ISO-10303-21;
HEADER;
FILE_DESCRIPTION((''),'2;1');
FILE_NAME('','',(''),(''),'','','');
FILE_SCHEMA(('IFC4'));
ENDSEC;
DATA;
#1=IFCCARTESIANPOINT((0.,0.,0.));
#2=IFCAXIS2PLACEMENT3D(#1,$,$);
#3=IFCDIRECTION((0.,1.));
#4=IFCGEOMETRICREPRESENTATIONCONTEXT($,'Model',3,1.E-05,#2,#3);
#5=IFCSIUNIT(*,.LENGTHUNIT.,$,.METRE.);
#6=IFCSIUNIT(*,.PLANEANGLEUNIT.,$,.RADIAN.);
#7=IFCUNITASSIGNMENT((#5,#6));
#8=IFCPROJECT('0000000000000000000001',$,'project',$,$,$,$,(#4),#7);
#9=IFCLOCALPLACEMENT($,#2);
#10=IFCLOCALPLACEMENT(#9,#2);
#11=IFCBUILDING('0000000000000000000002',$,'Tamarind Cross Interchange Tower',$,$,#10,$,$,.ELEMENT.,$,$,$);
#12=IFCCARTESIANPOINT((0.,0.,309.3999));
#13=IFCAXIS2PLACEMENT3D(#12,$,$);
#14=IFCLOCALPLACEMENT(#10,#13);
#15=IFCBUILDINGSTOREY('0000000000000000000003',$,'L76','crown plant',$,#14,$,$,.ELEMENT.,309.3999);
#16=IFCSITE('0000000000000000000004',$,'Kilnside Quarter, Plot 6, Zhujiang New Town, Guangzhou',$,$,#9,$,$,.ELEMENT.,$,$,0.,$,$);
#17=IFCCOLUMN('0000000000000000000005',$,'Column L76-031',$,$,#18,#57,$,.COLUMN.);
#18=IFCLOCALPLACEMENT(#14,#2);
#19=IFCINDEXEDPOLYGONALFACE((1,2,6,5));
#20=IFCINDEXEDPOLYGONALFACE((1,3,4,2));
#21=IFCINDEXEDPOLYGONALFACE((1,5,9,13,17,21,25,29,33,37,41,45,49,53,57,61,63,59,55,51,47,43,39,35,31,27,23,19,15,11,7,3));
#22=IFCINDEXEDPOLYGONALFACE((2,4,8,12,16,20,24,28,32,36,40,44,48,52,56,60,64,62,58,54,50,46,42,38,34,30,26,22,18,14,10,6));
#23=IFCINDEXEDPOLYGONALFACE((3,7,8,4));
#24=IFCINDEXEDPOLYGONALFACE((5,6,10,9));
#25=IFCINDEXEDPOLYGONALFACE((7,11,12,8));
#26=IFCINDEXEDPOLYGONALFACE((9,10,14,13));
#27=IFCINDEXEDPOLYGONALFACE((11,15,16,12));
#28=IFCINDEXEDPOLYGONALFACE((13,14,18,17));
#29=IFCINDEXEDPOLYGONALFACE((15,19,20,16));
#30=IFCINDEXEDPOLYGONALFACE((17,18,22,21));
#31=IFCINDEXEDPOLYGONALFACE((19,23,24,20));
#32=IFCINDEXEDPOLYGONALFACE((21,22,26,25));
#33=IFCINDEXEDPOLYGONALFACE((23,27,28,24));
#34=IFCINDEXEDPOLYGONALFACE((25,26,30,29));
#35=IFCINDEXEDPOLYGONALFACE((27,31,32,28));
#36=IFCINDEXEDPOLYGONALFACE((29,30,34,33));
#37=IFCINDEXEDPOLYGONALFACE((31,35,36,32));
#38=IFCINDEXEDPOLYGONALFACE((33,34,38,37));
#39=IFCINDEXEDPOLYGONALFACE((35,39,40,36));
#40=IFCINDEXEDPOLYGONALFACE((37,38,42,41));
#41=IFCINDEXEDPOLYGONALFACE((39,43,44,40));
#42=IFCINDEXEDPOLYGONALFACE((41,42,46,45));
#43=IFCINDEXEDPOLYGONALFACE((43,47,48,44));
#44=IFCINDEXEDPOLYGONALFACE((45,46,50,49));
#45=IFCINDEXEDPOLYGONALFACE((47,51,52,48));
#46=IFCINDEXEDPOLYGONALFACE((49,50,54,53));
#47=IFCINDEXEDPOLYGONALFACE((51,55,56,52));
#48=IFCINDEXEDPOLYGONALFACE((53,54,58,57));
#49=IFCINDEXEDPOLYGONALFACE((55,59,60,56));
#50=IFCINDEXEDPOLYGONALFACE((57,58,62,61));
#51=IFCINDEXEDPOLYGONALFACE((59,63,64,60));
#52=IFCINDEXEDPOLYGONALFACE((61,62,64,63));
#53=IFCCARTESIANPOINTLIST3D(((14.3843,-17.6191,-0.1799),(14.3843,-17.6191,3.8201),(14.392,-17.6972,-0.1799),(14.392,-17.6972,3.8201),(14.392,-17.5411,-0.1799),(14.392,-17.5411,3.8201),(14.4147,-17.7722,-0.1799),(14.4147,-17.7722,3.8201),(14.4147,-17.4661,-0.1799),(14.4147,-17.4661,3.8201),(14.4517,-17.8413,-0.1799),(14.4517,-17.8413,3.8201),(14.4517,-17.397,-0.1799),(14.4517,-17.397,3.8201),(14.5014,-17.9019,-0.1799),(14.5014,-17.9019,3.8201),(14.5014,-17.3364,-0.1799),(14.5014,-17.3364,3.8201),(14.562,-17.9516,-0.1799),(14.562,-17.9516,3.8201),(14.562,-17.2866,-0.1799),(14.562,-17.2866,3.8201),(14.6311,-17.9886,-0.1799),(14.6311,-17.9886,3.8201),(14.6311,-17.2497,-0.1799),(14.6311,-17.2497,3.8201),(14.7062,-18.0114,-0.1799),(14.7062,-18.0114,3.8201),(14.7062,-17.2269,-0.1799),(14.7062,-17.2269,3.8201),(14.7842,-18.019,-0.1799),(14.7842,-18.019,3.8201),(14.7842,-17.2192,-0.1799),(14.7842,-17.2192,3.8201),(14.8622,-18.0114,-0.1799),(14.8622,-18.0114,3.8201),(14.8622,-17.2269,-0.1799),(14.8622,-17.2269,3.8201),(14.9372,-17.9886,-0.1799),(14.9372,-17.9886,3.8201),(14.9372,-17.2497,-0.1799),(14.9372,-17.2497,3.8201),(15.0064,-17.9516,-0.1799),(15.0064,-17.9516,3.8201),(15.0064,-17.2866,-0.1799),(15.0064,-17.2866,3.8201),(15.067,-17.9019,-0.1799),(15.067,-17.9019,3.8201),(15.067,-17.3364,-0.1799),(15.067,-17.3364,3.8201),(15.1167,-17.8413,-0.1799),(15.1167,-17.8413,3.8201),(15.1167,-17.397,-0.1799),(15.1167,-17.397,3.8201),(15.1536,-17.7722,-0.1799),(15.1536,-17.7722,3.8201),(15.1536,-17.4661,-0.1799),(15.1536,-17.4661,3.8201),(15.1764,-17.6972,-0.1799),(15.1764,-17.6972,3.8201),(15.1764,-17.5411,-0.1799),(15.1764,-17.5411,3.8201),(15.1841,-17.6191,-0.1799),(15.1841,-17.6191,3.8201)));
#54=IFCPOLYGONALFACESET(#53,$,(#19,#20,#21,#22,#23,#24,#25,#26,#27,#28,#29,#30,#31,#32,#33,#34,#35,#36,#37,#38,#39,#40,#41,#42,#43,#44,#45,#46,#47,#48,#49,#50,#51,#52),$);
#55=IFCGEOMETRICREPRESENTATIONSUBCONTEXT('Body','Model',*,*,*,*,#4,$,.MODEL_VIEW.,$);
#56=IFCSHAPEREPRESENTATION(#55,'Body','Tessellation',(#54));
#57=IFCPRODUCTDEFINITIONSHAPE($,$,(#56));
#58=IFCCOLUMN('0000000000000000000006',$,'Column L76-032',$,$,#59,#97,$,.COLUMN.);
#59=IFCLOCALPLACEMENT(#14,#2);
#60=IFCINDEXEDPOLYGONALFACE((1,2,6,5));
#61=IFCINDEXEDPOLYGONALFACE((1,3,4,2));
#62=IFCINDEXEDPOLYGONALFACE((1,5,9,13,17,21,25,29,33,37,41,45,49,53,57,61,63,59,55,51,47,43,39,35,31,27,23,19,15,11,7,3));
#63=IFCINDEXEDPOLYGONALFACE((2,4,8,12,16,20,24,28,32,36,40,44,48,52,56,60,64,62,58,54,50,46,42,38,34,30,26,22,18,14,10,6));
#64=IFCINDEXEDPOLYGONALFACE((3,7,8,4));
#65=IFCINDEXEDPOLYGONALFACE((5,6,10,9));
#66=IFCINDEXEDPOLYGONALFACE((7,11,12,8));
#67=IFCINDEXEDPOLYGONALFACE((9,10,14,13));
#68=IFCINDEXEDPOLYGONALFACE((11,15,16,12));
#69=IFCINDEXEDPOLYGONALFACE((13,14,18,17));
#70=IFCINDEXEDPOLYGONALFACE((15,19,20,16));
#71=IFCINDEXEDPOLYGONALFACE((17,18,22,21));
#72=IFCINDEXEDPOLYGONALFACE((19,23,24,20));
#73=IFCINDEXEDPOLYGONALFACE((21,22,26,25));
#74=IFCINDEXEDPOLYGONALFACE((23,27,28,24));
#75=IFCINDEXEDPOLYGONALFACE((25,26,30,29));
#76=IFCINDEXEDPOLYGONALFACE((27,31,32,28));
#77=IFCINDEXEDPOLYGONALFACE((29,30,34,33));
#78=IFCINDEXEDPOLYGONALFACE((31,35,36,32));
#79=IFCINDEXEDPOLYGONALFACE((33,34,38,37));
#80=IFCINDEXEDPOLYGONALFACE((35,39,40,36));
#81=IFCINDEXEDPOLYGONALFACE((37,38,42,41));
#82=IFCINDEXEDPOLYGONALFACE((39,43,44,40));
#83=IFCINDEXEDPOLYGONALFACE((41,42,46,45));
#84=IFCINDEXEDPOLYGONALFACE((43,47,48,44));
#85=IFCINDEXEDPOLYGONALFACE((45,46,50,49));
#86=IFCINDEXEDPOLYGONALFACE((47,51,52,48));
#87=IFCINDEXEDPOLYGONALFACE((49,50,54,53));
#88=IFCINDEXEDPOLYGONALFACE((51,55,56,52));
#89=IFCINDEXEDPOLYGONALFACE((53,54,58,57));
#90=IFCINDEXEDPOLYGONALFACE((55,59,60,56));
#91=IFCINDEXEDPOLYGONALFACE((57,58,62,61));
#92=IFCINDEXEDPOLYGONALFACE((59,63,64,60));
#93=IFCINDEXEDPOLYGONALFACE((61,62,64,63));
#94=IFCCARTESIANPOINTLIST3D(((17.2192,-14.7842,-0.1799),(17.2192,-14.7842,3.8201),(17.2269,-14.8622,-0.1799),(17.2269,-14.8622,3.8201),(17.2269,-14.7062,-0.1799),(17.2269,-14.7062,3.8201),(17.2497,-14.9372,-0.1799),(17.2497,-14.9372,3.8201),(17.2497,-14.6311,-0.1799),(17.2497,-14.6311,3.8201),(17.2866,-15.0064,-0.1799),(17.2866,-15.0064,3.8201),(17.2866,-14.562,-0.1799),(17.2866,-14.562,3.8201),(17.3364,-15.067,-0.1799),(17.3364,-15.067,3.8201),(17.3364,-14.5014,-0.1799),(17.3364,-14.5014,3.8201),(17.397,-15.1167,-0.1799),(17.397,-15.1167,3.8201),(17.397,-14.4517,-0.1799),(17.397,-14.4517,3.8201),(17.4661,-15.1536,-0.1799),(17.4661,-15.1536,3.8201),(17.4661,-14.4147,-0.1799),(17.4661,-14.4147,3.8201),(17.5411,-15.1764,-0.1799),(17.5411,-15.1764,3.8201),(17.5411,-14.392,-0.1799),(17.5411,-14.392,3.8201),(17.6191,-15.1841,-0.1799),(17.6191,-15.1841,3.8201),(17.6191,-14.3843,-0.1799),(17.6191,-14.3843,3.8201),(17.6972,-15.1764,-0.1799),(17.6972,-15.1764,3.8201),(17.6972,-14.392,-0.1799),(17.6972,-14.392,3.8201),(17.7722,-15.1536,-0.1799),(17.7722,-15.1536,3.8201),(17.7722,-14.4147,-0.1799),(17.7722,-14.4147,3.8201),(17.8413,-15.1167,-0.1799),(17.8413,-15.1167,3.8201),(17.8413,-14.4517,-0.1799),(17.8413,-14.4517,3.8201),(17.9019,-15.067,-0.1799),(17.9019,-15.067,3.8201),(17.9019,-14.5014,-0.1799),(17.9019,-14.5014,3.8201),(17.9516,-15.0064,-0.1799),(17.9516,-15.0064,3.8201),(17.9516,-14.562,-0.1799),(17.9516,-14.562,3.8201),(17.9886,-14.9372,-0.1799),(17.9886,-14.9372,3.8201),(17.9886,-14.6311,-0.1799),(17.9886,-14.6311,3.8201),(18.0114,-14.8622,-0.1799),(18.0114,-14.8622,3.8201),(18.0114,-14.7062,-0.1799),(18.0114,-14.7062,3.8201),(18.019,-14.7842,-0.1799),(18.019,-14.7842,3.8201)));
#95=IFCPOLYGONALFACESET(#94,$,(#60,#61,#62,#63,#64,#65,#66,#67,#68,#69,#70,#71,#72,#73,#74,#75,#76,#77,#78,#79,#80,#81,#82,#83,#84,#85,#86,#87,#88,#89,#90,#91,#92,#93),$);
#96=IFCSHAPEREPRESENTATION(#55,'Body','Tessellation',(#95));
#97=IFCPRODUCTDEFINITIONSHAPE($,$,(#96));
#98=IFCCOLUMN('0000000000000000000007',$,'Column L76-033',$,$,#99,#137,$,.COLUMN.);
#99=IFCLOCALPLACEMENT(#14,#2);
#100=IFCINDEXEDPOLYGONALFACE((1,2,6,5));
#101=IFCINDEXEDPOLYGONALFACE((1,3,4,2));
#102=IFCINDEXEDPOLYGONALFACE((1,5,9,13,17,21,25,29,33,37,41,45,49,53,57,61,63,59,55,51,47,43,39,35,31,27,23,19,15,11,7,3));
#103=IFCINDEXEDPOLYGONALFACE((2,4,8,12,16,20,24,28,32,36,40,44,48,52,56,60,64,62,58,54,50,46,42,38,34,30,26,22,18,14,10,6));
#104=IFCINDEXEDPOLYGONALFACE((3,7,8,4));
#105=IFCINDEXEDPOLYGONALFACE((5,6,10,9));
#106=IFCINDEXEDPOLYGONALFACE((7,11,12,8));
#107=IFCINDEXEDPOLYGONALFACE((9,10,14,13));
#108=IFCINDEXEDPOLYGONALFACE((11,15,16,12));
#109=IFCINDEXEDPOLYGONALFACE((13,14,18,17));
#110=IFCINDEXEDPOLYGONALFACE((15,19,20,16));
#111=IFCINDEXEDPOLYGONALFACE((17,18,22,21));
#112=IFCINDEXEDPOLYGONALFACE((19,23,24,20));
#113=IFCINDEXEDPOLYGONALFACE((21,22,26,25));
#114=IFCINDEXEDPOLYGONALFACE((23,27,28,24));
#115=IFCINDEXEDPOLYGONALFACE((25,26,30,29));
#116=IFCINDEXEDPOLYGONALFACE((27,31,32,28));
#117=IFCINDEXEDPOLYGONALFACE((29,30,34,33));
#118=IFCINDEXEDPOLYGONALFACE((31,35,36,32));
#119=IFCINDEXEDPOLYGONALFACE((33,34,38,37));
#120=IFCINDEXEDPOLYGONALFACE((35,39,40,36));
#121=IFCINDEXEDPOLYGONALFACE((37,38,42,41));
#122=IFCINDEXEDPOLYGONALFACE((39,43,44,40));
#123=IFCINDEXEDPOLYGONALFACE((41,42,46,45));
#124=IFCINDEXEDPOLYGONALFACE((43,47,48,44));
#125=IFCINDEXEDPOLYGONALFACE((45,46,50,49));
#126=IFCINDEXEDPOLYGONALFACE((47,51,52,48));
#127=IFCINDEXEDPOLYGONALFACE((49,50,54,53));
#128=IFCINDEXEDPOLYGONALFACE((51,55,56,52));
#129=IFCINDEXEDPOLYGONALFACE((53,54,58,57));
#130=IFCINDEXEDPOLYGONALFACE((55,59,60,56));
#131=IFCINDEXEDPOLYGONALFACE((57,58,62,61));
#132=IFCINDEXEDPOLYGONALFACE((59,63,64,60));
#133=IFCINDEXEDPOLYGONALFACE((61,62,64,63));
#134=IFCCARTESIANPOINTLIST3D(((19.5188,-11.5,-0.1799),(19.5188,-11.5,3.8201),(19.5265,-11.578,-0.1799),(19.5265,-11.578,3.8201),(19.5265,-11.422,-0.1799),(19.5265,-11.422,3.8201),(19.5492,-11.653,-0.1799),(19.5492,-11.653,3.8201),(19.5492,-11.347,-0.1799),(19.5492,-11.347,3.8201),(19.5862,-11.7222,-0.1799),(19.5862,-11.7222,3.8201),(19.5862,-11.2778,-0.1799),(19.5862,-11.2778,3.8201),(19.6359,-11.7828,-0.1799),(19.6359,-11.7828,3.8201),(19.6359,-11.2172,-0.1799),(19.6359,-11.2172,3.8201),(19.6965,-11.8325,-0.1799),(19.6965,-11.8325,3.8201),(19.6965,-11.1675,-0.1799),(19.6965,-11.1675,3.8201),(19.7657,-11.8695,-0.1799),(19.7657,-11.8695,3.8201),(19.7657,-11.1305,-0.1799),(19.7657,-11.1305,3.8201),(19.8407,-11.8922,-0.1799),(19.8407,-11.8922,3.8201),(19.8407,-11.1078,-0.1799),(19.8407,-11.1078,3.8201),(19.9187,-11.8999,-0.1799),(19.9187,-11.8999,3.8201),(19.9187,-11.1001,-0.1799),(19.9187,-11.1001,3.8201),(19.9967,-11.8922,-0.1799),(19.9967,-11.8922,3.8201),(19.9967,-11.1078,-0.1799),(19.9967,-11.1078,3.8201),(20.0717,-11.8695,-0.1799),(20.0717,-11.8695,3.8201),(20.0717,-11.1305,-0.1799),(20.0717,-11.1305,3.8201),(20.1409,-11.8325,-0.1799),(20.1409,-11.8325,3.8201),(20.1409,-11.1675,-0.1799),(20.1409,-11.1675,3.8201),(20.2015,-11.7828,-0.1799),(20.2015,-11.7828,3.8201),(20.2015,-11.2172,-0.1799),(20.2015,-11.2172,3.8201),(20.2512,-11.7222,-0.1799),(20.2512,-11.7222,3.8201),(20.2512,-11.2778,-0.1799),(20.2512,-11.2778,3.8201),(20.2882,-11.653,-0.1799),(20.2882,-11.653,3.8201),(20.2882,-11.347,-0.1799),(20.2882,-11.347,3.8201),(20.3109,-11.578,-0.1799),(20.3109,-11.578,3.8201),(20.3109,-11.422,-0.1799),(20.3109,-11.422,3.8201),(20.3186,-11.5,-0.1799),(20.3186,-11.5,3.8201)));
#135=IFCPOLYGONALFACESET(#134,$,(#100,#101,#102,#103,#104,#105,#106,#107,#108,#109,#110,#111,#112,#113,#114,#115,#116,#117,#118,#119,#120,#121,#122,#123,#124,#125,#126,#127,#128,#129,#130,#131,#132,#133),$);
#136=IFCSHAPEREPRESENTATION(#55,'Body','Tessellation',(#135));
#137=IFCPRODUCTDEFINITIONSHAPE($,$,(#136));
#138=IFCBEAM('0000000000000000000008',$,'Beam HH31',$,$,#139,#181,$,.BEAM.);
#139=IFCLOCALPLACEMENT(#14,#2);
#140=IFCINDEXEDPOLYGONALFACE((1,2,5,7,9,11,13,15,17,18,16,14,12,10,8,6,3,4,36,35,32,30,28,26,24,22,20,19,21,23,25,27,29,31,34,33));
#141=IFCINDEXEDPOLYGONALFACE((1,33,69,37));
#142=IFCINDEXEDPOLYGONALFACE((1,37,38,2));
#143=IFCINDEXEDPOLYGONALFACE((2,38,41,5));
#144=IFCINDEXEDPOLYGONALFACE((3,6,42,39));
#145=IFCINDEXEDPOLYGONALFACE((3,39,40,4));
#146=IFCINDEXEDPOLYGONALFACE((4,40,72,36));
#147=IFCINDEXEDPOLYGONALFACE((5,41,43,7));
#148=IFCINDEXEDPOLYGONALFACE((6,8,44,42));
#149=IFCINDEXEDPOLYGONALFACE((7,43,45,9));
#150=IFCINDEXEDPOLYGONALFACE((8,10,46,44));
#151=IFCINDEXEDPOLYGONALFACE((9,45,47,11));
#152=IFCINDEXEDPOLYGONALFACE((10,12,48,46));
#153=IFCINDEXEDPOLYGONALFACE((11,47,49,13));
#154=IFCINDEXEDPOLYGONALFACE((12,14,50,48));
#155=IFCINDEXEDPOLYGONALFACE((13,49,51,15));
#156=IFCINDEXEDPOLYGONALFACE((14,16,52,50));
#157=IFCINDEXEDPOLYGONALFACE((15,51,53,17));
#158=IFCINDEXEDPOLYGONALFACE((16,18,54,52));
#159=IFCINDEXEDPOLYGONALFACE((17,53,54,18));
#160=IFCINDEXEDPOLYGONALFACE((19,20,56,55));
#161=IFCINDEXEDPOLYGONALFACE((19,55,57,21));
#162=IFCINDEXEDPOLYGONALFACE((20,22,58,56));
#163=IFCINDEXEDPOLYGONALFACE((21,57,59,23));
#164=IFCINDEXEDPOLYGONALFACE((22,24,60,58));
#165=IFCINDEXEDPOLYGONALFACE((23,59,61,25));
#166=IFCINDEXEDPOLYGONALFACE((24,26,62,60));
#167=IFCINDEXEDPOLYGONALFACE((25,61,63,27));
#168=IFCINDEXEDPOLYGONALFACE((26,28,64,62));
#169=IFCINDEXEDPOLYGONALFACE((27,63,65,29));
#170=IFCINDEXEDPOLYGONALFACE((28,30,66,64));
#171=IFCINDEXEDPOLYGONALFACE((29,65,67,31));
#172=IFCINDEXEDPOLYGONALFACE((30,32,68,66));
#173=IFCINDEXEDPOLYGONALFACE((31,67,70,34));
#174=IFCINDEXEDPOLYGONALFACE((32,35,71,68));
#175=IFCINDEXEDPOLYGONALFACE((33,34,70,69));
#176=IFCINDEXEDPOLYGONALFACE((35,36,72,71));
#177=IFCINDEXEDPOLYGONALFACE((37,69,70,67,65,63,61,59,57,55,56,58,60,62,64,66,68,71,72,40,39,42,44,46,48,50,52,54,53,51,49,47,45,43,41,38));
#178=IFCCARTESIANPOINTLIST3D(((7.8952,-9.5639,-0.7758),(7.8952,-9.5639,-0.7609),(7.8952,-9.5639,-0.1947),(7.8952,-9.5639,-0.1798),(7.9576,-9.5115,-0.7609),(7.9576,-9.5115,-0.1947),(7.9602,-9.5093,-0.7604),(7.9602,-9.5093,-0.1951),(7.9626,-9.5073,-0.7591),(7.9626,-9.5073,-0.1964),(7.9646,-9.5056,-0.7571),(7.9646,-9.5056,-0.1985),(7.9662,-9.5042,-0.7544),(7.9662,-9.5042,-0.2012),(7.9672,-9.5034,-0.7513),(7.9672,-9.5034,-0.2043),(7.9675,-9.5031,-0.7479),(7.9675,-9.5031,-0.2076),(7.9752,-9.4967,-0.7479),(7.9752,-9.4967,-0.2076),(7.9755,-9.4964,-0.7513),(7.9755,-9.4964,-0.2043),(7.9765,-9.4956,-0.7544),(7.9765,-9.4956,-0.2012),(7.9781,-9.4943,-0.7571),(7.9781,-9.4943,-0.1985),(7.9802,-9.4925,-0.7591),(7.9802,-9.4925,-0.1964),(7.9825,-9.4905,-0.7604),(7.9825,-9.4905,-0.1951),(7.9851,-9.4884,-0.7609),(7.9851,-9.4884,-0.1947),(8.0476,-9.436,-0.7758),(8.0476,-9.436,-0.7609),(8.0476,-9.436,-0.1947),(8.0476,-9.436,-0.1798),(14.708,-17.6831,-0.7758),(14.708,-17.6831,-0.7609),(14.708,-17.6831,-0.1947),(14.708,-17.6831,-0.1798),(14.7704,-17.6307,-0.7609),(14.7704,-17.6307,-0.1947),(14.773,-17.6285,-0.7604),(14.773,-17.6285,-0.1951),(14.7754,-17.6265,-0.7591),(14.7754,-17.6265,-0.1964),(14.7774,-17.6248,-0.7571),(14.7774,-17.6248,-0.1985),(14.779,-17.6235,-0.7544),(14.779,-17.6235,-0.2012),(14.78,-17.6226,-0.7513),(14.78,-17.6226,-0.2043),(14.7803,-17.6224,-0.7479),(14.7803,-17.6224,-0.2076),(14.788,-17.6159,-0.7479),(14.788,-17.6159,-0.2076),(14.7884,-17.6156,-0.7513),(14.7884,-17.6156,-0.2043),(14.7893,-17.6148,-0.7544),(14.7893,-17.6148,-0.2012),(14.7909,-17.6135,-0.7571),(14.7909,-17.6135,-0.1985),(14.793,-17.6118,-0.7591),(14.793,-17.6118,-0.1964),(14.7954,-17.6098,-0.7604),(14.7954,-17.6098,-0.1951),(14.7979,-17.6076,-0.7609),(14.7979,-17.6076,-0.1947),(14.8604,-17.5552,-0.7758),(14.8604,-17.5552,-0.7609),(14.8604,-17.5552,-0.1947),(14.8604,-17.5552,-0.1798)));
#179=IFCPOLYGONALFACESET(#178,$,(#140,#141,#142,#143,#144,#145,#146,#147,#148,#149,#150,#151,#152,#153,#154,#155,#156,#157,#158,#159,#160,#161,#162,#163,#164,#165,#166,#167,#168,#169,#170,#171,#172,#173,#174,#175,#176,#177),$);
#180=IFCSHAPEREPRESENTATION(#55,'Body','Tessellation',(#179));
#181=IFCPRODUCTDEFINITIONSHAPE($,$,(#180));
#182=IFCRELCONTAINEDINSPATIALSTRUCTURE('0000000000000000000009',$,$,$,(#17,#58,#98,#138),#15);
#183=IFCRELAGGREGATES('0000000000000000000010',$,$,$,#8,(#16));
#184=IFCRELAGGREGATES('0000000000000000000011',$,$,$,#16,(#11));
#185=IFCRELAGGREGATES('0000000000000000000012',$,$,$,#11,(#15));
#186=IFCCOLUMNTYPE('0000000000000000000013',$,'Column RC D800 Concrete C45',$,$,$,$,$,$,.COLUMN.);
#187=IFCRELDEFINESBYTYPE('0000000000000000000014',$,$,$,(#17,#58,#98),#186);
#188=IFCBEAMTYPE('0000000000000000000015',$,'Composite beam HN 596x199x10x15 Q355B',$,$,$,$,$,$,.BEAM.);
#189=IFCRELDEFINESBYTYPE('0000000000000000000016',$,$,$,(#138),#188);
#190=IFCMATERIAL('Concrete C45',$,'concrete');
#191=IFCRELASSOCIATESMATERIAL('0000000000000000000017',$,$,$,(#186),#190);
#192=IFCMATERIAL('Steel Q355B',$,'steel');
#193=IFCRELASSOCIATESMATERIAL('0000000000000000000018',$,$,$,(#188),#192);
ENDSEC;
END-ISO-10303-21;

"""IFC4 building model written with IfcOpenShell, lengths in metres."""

from ifc_helpers import new_model, si_unit, direction, frame, origin, origin_2d, place, context, subcontext, project, spatial, circle, i_section, extrude, material, material_profile, profile_set, type_object, element, save


model = new_model("IFC4")

# Units and contexts
model_context = context("Model", 3, precision=1e-05, world=origin(), true_north=direction((0.0, 1.0)))
body_context = subcontext(model_context, "Body", "Model", "MODEL_VIEW")
ifc_project = project(units=[si_unit("LENGTHUNIT", "METRE"), si_unit("PLANEANGLEUNIT", "RADIAN")], contexts=[model_context])

# Site, building, storey
site_placement = place(None, origin())
site = spatial("IfcSite", under=ifc_project, at=site_placement, Name="Kilnside Quarter, Plot 6, Zhujiang New Town, Guangzhou", CompositionType="ELEMENT", RefElevation=0.0)
building_placement = place(site_placement, origin())
building = spatial("IfcBuilding", under=site, at=building_placement, Name="Tamarind Cross Interchange Tower", CompositionType="ELEMENT")
storey_placement = place(building_placement, frame((0.0, 0.0, 309.3999)))
storey = spatial("IfcBuildingStorey", under=building, at=storey_placement, Name="L76", Description="crown plant", CompositionType="ELEMENT", Elevation=309.3999)

# Columns
ifc_material_1 = material(Name="Concrete C45", Category="concrete")
ifc_material_profile_1 = material_profile(ifc_material_1, circle(Radius=0.3999, at=origin_2d()), Name="RC D800")
ifc_profile_set_1 = profile_set([ifc_material_profile_1], Name="Concrete C45")
column_type = type_object("IfcColumnType", Name="Column RC D800 Concrete C45", PredefinedType="COLUMN", material=ifc_profile_set_1)
for number, where, z_axis, x_axis, name in (
    (1, (14.7842, -17.6191, -0.1799), (0.0, 0.0, 1.0), (1.0, 0.0, 0.0), "Column L76-031"),
    (2, (17.6191, -14.7842, -0.1799), (0.0, 0.0, 1.0), (1.0, 0.0, 0.0), "Column L76-032"),
    (3, (19.9187, -11.5, -0.1799), (0.0, 0.0, 1.0), (1.0, 0.0, 0.0), "Column L76-033"),
):
    element("IfcColumn", number, at=place(storey_placement, frame(where, z_axis=z_axis, x_axis=x_axis)), inside=storey, type_object=column_type, Name=name, PredefinedType="COLUMN", context=body_context, shape_type="SweptSolid", body=[
        extrude(circle(Radius=0.3999, at=origin_2d()), origin(), (0.0, 0.0, 1.0), 4.0),
    ])

# Beam
ifc_material_2 = material(Name="Steel Q355B", Category="steel")
ifc_material_profile_2 = material_profile(ifc_material_2, i_section(OverallWidth=0.199, OverallDepth=0.5959, WebThickness=0.01, FlangeThickness=0.0149, FilletRadius=0.0129, at=origin_2d()), Name="HN 596x199x10x15")
ifc_profile_set_2 = profile_set([ifc_material_profile_2], Name="Steel Q355B")
beam_type = type_object("IfcBeamType", Name="Composite beam HN 596x199x10x15 Q355B", PredefinedType="BEAM", material=ifc_profile_set_2)
beam_1_placement = place(storey_placement, frame((14.7842, -17.6191, -0.4778), z_axis=(-0.642786, 0.766046, 0.0), x_axis=(-0.766046, -0.642786, 0.0)))
element("IfcBeam", 4, at=beam_1_placement, inside=storey, type_object=beam_type, Name="Beam HH31", PredefinedType="BEAM", context=body_context, shape_type="SweptSolid", body=[
    extrude(i_section(OverallWidth=0.199, OverallDepth=0.5959, WebThickness=0.01, FlangeThickness=0.0149, FilletRadius=0.0129, at=origin_2d()), origin(), (0.0, 0.0, 1.0), 10.5989),
])

save(model, "model.ifc")
